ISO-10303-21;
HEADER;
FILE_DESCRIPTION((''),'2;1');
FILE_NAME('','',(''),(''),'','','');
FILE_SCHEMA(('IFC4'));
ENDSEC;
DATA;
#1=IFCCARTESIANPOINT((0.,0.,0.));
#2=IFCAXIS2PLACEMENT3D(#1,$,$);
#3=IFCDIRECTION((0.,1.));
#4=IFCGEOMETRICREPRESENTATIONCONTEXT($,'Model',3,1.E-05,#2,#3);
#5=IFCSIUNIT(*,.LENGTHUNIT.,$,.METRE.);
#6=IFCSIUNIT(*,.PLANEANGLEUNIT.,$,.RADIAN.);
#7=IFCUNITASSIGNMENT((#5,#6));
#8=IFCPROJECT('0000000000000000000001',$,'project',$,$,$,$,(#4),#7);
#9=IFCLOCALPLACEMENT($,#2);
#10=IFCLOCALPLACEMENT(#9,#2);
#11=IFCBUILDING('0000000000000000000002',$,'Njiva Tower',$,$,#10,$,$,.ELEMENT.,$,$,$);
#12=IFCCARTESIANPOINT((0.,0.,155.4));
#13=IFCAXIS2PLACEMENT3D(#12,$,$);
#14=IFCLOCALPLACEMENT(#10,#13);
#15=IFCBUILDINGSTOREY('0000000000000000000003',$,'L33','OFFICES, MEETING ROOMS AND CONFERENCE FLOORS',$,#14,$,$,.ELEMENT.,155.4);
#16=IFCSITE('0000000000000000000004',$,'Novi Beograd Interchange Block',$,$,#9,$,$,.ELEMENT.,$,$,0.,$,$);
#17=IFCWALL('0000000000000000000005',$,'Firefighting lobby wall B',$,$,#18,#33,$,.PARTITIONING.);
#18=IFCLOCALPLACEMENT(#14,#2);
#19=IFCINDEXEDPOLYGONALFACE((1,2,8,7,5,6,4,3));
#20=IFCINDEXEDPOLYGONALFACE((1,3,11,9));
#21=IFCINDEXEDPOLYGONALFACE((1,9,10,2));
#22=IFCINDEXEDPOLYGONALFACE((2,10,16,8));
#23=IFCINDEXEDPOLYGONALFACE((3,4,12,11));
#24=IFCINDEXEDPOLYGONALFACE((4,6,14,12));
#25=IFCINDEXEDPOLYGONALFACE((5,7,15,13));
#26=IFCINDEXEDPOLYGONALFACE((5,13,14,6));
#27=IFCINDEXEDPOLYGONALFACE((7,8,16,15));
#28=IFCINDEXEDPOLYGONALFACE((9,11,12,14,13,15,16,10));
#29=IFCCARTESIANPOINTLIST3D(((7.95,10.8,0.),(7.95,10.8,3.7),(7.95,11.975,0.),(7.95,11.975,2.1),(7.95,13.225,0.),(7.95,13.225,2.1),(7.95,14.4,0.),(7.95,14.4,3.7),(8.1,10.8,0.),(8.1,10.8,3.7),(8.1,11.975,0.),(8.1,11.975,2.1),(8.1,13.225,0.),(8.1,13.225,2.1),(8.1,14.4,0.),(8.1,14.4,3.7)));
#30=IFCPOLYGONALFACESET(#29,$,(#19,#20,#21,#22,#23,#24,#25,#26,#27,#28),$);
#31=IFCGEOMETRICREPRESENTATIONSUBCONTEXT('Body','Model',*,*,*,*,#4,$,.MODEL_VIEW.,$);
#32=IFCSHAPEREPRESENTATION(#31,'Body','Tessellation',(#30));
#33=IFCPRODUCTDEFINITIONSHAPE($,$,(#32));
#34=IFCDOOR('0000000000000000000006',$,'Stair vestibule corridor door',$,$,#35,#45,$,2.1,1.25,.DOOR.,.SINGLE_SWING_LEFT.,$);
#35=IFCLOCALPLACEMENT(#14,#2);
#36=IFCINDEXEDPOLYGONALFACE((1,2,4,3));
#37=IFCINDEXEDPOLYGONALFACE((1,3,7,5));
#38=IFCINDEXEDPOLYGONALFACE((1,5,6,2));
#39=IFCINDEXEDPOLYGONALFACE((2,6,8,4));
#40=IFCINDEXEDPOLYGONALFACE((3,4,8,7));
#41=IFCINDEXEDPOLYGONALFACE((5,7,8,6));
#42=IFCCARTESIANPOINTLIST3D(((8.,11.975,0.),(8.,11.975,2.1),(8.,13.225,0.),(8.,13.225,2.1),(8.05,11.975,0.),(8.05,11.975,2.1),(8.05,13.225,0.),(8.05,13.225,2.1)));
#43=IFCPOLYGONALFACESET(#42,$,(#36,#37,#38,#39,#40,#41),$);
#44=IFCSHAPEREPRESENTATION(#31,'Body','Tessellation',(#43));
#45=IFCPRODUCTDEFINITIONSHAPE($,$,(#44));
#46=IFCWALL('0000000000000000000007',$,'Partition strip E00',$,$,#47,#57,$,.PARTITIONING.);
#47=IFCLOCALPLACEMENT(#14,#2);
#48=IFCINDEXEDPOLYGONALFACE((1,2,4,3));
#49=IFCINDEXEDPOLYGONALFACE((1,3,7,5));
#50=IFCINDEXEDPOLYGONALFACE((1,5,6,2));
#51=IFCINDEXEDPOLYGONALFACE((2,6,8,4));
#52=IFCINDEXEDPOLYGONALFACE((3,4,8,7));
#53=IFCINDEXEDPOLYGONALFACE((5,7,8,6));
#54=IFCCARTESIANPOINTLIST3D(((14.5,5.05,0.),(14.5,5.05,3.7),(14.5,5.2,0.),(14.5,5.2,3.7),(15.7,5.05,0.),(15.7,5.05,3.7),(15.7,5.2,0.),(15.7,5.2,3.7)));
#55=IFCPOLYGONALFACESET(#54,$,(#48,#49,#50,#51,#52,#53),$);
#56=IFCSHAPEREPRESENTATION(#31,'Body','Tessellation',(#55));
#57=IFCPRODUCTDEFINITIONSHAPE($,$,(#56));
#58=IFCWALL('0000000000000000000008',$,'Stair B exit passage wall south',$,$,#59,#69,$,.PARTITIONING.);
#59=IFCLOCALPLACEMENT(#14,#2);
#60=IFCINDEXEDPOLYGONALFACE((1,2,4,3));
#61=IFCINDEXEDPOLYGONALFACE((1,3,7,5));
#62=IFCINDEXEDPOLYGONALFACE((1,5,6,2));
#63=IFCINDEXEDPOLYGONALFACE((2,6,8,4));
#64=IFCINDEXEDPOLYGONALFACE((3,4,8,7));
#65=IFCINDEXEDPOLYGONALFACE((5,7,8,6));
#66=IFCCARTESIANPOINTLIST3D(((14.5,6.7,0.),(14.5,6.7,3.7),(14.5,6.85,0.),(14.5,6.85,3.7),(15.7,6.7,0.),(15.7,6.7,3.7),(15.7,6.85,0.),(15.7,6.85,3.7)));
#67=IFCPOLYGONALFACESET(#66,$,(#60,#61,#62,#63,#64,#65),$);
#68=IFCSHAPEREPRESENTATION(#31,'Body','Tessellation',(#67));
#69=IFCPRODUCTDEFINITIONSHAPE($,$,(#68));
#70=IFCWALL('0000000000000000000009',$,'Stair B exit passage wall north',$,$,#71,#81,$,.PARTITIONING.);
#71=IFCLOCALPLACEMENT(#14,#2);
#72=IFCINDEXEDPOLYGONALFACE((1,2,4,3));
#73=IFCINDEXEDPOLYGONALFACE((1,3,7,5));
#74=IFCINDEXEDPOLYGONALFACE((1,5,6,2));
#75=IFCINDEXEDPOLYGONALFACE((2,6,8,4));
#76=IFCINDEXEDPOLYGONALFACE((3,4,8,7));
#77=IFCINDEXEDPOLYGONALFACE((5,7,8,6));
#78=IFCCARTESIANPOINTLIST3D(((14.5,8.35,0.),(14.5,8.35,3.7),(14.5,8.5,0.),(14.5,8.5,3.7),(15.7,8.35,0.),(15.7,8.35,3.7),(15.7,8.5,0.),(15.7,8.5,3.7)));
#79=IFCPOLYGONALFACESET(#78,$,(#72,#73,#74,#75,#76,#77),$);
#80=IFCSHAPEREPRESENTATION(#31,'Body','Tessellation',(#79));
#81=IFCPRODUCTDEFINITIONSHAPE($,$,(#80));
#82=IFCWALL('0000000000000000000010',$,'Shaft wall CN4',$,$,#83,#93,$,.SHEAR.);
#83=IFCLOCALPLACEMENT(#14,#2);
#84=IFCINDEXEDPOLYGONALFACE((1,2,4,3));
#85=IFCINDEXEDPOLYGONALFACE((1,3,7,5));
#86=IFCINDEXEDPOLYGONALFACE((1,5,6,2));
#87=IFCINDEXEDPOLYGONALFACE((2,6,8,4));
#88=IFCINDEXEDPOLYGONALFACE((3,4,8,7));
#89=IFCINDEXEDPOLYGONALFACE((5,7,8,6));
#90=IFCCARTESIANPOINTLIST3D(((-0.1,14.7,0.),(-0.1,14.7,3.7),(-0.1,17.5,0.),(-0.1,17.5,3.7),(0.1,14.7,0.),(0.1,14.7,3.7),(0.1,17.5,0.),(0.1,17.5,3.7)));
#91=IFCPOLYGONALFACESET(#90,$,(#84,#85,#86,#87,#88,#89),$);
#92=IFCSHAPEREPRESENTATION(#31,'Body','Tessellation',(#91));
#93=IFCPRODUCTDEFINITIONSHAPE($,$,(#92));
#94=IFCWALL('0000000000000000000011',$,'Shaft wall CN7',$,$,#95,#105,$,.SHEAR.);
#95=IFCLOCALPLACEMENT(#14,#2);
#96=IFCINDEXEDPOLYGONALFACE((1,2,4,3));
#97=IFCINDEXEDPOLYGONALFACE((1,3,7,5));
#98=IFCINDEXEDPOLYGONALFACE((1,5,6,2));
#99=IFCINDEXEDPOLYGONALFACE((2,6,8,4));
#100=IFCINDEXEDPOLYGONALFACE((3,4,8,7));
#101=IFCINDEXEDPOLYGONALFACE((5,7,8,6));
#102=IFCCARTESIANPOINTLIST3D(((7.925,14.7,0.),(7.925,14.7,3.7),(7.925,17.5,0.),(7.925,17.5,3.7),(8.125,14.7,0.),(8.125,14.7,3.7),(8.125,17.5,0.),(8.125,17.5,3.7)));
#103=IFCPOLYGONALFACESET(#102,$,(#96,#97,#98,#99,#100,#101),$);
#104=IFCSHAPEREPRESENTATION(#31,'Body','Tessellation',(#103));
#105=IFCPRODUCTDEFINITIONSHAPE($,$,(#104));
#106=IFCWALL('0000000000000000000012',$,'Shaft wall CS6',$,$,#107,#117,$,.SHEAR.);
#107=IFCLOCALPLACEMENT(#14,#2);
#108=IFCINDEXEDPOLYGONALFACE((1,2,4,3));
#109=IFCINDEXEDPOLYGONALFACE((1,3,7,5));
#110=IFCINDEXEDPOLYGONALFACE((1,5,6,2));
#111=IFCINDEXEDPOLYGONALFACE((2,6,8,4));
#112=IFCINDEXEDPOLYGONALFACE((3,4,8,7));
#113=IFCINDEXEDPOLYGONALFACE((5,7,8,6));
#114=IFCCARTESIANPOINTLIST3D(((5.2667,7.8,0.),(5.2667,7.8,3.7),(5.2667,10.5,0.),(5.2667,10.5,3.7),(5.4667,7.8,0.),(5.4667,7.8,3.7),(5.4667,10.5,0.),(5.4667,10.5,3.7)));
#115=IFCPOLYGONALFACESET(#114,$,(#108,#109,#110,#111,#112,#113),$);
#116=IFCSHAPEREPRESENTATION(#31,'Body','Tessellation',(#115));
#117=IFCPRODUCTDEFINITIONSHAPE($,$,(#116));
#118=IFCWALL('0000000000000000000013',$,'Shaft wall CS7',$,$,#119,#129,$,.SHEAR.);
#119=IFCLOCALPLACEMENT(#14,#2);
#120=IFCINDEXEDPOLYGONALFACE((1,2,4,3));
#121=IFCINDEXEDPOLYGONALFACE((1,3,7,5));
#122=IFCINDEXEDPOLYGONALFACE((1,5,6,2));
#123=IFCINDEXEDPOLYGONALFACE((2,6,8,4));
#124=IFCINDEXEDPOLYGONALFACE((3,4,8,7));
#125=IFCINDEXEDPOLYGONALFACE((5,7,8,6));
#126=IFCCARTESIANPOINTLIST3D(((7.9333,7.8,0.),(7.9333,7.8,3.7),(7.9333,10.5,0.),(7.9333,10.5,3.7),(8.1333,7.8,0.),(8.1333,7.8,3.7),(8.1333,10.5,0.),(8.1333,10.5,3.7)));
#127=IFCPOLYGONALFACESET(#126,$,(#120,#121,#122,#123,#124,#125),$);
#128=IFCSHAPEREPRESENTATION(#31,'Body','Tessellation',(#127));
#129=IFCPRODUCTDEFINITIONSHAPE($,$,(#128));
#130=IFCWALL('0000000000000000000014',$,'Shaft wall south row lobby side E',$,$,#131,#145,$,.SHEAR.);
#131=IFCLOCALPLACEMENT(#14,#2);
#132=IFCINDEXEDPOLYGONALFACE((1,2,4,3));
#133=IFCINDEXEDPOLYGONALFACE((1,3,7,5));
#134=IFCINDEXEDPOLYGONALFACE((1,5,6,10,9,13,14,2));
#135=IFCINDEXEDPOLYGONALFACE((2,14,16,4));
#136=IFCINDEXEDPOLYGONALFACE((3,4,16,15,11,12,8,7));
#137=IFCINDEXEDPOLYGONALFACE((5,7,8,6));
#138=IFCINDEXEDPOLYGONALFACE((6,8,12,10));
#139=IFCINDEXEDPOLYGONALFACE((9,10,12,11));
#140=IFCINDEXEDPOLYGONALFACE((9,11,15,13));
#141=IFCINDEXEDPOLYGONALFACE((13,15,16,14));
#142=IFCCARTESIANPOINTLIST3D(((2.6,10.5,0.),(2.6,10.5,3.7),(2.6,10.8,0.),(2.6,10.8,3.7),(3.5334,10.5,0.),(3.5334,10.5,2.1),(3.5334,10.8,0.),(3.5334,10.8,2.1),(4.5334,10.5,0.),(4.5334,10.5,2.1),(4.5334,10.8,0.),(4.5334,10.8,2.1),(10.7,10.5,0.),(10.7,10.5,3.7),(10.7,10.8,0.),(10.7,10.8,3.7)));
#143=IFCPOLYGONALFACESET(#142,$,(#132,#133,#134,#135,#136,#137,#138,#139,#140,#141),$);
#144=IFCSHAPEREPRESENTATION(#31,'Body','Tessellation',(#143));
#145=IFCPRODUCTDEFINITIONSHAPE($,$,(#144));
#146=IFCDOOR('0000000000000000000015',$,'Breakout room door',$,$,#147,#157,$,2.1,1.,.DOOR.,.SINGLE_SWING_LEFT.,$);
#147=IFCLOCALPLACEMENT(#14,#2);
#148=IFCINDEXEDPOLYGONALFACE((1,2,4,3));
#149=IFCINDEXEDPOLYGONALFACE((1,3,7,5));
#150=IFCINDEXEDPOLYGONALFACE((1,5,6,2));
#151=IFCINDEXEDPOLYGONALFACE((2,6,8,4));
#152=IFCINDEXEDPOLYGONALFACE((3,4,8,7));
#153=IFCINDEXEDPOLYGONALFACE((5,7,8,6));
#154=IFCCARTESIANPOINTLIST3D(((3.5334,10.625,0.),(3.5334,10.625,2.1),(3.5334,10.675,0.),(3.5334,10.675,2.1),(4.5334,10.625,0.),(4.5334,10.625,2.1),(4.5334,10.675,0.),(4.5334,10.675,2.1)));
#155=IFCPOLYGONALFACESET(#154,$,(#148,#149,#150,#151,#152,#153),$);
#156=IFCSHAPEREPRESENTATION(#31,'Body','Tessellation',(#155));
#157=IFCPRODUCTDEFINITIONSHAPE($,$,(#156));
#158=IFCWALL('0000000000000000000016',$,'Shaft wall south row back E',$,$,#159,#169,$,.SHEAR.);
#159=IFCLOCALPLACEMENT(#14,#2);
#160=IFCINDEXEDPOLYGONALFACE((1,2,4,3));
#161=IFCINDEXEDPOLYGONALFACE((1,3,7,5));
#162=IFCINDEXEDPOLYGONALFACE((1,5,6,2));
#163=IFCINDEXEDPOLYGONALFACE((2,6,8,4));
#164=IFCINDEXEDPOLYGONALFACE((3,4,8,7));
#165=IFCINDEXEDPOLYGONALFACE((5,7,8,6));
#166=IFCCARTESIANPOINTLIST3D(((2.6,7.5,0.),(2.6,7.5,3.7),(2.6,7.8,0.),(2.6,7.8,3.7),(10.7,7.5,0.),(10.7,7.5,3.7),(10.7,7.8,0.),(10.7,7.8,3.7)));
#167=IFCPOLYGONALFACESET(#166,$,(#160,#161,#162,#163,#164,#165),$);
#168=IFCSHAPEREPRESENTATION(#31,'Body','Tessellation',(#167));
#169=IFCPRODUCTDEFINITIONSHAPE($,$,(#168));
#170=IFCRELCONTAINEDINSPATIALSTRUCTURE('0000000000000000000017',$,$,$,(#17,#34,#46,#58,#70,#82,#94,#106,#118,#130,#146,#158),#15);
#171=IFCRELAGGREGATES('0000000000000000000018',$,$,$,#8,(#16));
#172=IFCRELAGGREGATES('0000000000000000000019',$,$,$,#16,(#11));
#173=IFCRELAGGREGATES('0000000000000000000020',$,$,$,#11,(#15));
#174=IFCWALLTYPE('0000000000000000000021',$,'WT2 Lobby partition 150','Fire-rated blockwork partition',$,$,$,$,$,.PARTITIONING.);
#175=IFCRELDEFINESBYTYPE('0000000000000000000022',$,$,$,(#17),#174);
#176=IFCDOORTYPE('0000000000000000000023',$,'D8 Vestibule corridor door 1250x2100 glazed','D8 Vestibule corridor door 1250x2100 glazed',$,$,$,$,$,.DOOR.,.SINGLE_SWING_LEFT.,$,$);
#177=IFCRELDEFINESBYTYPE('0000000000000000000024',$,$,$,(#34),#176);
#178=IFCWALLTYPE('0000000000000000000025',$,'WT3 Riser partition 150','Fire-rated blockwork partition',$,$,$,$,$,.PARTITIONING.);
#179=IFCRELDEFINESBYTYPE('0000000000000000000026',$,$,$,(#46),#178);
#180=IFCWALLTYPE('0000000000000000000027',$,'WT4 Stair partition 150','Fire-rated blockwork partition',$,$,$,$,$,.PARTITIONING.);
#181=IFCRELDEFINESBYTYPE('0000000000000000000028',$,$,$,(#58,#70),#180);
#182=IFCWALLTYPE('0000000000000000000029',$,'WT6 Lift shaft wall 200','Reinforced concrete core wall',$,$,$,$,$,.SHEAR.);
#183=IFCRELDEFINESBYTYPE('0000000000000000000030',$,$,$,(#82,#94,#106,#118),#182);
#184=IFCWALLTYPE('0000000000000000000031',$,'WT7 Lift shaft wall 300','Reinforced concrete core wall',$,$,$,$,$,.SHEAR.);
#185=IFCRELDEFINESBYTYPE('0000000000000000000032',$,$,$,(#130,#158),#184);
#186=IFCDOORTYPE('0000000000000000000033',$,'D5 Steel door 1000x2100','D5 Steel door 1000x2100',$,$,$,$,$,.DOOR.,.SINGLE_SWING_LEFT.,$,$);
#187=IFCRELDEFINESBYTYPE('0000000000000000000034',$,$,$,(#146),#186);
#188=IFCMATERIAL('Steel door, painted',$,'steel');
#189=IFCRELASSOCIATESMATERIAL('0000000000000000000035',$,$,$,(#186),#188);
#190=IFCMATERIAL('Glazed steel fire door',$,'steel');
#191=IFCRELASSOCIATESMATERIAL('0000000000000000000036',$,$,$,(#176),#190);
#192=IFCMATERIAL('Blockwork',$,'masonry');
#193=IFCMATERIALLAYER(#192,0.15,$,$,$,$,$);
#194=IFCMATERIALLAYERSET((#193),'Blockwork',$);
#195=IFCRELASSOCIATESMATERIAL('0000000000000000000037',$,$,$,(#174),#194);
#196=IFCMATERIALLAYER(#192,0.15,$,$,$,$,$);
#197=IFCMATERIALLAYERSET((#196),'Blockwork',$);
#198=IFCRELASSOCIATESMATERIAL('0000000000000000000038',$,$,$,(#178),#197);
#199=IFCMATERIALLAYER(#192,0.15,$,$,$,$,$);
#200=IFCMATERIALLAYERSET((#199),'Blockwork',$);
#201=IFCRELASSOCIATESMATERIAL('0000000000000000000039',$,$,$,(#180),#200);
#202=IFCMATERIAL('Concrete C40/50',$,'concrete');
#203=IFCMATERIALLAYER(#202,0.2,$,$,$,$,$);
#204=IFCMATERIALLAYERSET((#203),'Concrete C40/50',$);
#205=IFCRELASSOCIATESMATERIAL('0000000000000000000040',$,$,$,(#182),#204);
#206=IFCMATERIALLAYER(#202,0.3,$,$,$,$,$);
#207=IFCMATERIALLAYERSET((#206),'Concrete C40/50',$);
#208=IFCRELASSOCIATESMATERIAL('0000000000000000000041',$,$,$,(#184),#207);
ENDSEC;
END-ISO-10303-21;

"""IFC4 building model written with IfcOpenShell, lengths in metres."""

from ifc_helpers import new_model, si_unit, direction, frame, frame_2d, origin, place, context, subcontext, project, spatial, rectangle, extrude, material, layer, layer_set, type_object, element, fill, save


model = new_model("IFC4")

# Units and contexts
model_context = context("Model", 3, precision=1e-05, world=origin(), true_north=direction((0.0, 1.0)))
body_context = subcontext(model_context, "Body", "Model", "MODEL_VIEW")
ifc_project = project(units=[si_unit("LENGTHUNIT", "METRE"), si_unit("PLANEANGLEUNIT", "RADIAN")], contexts=[model_context])

# Site, building, storey
site_placement = place(None, origin())
site = spatial("IfcSite", under=ifc_project, at=site_placement, Name="Novi Beograd Interchange Block", CompositionType="ELEMENT", RefElevation=0.0)
building_placement = place(site_placement, origin())
building = spatial("IfcBuilding", under=site, at=building_placement, Name="Njiva Tower", CompositionType="ELEMENT")
storey_placement = place(building_placement, frame((0.0, 0.0, 155.4)))
storey = spatial("IfcBuildingStorey", under=building, at=storey_placement, Name="L33", Description="OFFICES, MEETING ROOMS AND CONFERENCE FLOORS", CompositionType="ELEMENT", Elevation=155.4)

# Shared definitions
ifc_material_1 = material(Name="Blockwork", Category="masonry")

# Shared definitions
ifc_material_2 = material(Name="Concrete C40/50", Category="concrete")
ifc_material_3 = material(Name="Steel door, painted", Category="steel")
door_type_1 = type_object("IfcDoorType", Name="D5 Steel door 1000x2100", Description="D5 Steel door 1000x2100", OperationType="SINGLE_SWING_LEFT", PredefinedType="DOOR", material=ifc_material_3)
ifc_material_4 = material(Name="Glazed steel fire door", Category="steel")
door_type_2 = type_object("IfcDoorType", Name="D8 Vestibule corridor door 1250x2100 glazed", Description="D8 Vestibule corridor door 1250x2100 glazed", OperationType="SINGLE_SWING_LEFT", PredefinedType="DOOR", material=ifc_material_4)

# Wall, opening, door
ifc_layer_1 = layer(ifc_material_1, 0.15)
ifc_layer_set_1 = layer_set([ifc_layer_1], Name="Blockwork")
wall_type_1 = type_object("IfcWallType", Name="WT2 Lobby partition 150", Description="Fire-rated blockwork partition", PredefinedType="PARTITIONING", material=ifc_layer_set_1)
wall_1_placement = place(storey_placement, frame((8.025, 10.8, 0.0), z_axis=(0.0, 0.0, 1.0), x_axis=(0.0, 1.0, 0.0)))
wall_1 = element("IfcWall", 1, at=wall_1_placement, inside=storey, type_object=wall_type_1, Name="Firefighting lobby wall B", PredefinedType="PARTITIONING", context=body_context, shape_type="SweptSolid", body=[
    extrude(rectangle(XDim=3.6, YDim=0.15, at=frame_2d((1.8, 0.0))), origin(), (0.0, 0.0, 1.0), 3.7),
])
opening_1_placement = place(wall_1_placement, frame((1.175, 0.0, 0.0)))
opening_1 = element("IfcOpeningElement", 2, at=opening_1_placement, cuts=wall_1, PredefinedType="OPENING", context=body_context, shape_type="SweptSolid", body=[
    extrude(rectangle(XDim=1.25, YDim=2.1, at=frame_2d((0.625, 1.05))), frame((0.0, 0.085, 0.0), z_axis=(0.0, -1.0, 0.0), x_axis=(1.0, 0.0, 0.0)), (0.0, 0.0, 1.0), 0.17),
])
door_1_placement = place(opening_1_placement, origin())
door_1 = element("IfcDoor", 3, at=door_1_placement, inside=storey, type_object=door_type_2, Name="Stair vestibule corridor door", OperationType="SINGLE_SWING_LEFT", OverallHeight=2.1, OverallWidth=1.25, PredefinedType="DOOR", context=body_context, shape_type="SweptSolid", body=[
    extrude(rectangle(XDim=1.25, YDim=2.1, at=frame_2d((0.625, 1.05))), frame((0.0, 0.025, 0.0), z_axis=(0.0, -1.0, 0.0), x_axis=(1.0, 0.0, 0.0)), (0.0, 0.0, 1.0), 0.05),
])
fill(opening_1, door_1)

# Walls
ifc_layer_2 = layer(ifc_material_1, 0.15)
ifc_layer_set_2 = layer_set([ifc_layer_2], Name="Blockwork")
wall_type_2 = type_object("IfcWallType", Name="WT3 Riser partition 150", Description="Fire-rated blockwork partition", PredefinedType="PARTITIONING", material=ifc_layer_set_2)
wall_2_placement = place(storey_placement, frame((14.5, 5.125, 0.0), z_axis=(0.0, 0.0, 1.0), x_axis=(1.0, 0.0, 0.0)))
element("IfcWall", 4, at=wall_2_placement, inside=storey, type_object=wall_type_2, Name="Partition strip E00", PredefinedType="PARTITIONING", context=body_context, shape_type="SweptSolid", body=[
    extrude(rectangle(XDim=1.2, YDim=0.15, at=frame_2d((0.6, 0.0))), origin(), (0.0, 0.0, 1.0), 3.7),
])
ifc_layer_3 = layer(ifc_material_1, 0.15)
ifc_layer_set_3 = layer_set([ifc_layer_3], Name="Blockwork")
wall_type_3 = type_object("IfcWallType", Name="WT4 Stair partition 150", Description="Fire-rated blockwork partition", PredefinedType="PARTITIONING", material=ifc_layer_set_3)
for number, where, z_axis, x_axis, name in (
    (5, (14.5, 6.775, 0.0), (0.0, 0.0, 1.0), (1.0, 0.0, 0.0), "Stair B exit passage wall south"),
    (6, (14.5, 8.425, 0.0), (0.0, 0.0, 1.0), (1.0, 0.0, 0.0), "Stair B exit passage wall north"),
):
    element("IfcWall", number, at=place(storey_placement, frame(where, z_axis=z_axis, x_axis=x_axis)), inside=storey, type_object=wall_type_3, Name=name, PredefinedType="PARTITIONING", context=body_context, shape_type="SweptSolid", body=[
        extrude(rectangle(XDim=1.2, YDim=0.15, at=frame_2d((0.6, 0.0))), origin(), (0.0, 0.0, 1.0), 3.7),
    ])
ifc_layer_4 = layer(ifc_material_2, 0.2)
ifc_layer_set_4 = layer_set([ifc_layer_4], Name="Concrete C40/50")
wall_type_4 = type_object("IfcWallType", Name="WT6 Lift shaft wall 200", Description="Reinforced concrete core wall", PredefinedType="SHEAR", material=ifc_layer_set_4)
for number, where, z_axis, x_axis, name in (
    (7, (0.0, 14.7, 0.0), (0.0, 0.0, 1.0), (0.0, 1.0, 0.0), "Shaft wall CN4"),
    (8, (8.025, 14.7, 0.0), (0.0, 0.0, 1.0), (0.0, 1.0, 0.0), "Shaft wall CN7"),
):
    element("IfcWall", number, at=place(storey_placement, frame(where, z_axis=z_axis, x_axis=x_axis)), inside=storey, type_object=wall_type_4, Name=name, PredefinedType="SHEAR", context=body_context, shape_type="SweptSolid", body=[
        extrude(rectangle(XDim=2.8, YDim=0.2, at=frame_2d((1.4, 0.0))), origin(), (0.0, 0.0, 1.0), 3.7),
    ])
for number, where, z_axis, x_axis, name in (
    (9, (5.3667, 7.8, 0.0), (0.0, 0.0, 1.0), (0.0, 1.0, 0.0), "Shaft wall CS6"),
    (10, (8.0333, 7.8, 0.0), (0.0, 0.0, 1.0), (0.0, 1.0, 0.0), "Shaft wall CS7"),
):
    element("IfcWall", number, at=place(storey_placement, frame(where, z_axis=z_axis, x_axis=x_axis)), inside=storey, type_object=wall_type_4, Name=name, PredefinedType="SHEAR", context=body_context, shape_type="SweptSolid", body=[
        extrude(rectangle(XDim=2.7, YDim=0.2, at=frame_2d((1.35, 0.0))), origin(), (0.0, 0.0, 1.0), 3.7),
    ])

# Wall, opening, door
ifc_layer_5 = layer(ifc_material_2, 0.3)
ifc_layer_set_5 = layer_set([ifc_layer_5], Name="Concrete C40/50")
wall_type_5 = type_object("IfcWallType", Name="WT7 Lift shaft wall 300", Description="Reinforced concrete core wall", PredefinedType="SHEAR", material=ifc_layer_set_5)
wall_3_placement = place(storey_placement, frame((2.6, 10.65, 0.0), z_axis=(0.0, 0.0, 1.0), x_axis=(1.0, 0.0, 0.0)))
wall_3 = element("IfcWall", 11, at=wall_3_placement, inside=storey, type_object=wall_type_5, Name="Shaft wall south row lobby side E", PredefinedType="SHEAR", context=body_context, shape_type="SweptSolid", body=[
    extrude(rectangle(XDim=8.1, YDim=0.3, at=frame_2d((4.05, 0.0))), origin(), (0.0, 0.0, 1.0), 3.7),
])
opening_2_placement = place(wall_3_placement, frame((0.9334, 0.0, 0.0)))
opening_2 = element("IfcOpeningElement", 12, at=opening_2_placement, cuts=wall_3, PredefinedType="OPENING", context=body_context, shape_type="SweptSolid", body=[
    extrude(rectangle(XDim=1.0, YDim=2.1, at=frame_2d((0.5, 1.05))), frame((0.0, 0.16, 0.0), z_axis=(0.0, -1.0, 0.0), x_axis=(1.0, 0.0, 0.0)), (0.0, 0.0, 1.0), 0.32),
])
door_2_placement = place(opening_2_placement, origin())
door_2 = element("IfcDoor", 13, at=door_2_placement, inside=storey, type_object=door_type_1, Name="Breakout room door", OperationType="SINGLE_SWING_LEFT", OverallHeight=2.1, OverallWidth=1.0, PredefinedType="DOOR", context=body_context, shape_type="SweptSolid", body=[
    extrude(rectangle(XDim=1.0, YDim=2.1, at=frame_2d((0.5, 1.05))), frame((0.0, 0.025, 0.0), z_axis=(0.0, -1.0, 0.0), x_axis=(1.0, 0.0, 0.0)), (0.0, 0.0, 1.0), 0.05),
])
fill(opening_2, door_2)

# Wall
wall_4_placement = place(storey_placement, frame((2.6, 7.65, 0.0), z_axis=(0.0, 0.0, 1.0), x_axis=(1.0, 0.0, 0.0)))
element("IfcWall", 14, at=wall_4_placement, inside=storey, type_object=wall_type_5, Name="Shaft wall south row back E", PredefinedType="SHEAR", context=body_context, shape_type="SweptSolid", body=[
    extrude(rectangle(XDim=8.1, YDim=0.3, at=frame_2d((4.05, 0.0))), origin(), (0.0, 0.0, 1.0), 3.7),
])

save(model, "model.ifc")
